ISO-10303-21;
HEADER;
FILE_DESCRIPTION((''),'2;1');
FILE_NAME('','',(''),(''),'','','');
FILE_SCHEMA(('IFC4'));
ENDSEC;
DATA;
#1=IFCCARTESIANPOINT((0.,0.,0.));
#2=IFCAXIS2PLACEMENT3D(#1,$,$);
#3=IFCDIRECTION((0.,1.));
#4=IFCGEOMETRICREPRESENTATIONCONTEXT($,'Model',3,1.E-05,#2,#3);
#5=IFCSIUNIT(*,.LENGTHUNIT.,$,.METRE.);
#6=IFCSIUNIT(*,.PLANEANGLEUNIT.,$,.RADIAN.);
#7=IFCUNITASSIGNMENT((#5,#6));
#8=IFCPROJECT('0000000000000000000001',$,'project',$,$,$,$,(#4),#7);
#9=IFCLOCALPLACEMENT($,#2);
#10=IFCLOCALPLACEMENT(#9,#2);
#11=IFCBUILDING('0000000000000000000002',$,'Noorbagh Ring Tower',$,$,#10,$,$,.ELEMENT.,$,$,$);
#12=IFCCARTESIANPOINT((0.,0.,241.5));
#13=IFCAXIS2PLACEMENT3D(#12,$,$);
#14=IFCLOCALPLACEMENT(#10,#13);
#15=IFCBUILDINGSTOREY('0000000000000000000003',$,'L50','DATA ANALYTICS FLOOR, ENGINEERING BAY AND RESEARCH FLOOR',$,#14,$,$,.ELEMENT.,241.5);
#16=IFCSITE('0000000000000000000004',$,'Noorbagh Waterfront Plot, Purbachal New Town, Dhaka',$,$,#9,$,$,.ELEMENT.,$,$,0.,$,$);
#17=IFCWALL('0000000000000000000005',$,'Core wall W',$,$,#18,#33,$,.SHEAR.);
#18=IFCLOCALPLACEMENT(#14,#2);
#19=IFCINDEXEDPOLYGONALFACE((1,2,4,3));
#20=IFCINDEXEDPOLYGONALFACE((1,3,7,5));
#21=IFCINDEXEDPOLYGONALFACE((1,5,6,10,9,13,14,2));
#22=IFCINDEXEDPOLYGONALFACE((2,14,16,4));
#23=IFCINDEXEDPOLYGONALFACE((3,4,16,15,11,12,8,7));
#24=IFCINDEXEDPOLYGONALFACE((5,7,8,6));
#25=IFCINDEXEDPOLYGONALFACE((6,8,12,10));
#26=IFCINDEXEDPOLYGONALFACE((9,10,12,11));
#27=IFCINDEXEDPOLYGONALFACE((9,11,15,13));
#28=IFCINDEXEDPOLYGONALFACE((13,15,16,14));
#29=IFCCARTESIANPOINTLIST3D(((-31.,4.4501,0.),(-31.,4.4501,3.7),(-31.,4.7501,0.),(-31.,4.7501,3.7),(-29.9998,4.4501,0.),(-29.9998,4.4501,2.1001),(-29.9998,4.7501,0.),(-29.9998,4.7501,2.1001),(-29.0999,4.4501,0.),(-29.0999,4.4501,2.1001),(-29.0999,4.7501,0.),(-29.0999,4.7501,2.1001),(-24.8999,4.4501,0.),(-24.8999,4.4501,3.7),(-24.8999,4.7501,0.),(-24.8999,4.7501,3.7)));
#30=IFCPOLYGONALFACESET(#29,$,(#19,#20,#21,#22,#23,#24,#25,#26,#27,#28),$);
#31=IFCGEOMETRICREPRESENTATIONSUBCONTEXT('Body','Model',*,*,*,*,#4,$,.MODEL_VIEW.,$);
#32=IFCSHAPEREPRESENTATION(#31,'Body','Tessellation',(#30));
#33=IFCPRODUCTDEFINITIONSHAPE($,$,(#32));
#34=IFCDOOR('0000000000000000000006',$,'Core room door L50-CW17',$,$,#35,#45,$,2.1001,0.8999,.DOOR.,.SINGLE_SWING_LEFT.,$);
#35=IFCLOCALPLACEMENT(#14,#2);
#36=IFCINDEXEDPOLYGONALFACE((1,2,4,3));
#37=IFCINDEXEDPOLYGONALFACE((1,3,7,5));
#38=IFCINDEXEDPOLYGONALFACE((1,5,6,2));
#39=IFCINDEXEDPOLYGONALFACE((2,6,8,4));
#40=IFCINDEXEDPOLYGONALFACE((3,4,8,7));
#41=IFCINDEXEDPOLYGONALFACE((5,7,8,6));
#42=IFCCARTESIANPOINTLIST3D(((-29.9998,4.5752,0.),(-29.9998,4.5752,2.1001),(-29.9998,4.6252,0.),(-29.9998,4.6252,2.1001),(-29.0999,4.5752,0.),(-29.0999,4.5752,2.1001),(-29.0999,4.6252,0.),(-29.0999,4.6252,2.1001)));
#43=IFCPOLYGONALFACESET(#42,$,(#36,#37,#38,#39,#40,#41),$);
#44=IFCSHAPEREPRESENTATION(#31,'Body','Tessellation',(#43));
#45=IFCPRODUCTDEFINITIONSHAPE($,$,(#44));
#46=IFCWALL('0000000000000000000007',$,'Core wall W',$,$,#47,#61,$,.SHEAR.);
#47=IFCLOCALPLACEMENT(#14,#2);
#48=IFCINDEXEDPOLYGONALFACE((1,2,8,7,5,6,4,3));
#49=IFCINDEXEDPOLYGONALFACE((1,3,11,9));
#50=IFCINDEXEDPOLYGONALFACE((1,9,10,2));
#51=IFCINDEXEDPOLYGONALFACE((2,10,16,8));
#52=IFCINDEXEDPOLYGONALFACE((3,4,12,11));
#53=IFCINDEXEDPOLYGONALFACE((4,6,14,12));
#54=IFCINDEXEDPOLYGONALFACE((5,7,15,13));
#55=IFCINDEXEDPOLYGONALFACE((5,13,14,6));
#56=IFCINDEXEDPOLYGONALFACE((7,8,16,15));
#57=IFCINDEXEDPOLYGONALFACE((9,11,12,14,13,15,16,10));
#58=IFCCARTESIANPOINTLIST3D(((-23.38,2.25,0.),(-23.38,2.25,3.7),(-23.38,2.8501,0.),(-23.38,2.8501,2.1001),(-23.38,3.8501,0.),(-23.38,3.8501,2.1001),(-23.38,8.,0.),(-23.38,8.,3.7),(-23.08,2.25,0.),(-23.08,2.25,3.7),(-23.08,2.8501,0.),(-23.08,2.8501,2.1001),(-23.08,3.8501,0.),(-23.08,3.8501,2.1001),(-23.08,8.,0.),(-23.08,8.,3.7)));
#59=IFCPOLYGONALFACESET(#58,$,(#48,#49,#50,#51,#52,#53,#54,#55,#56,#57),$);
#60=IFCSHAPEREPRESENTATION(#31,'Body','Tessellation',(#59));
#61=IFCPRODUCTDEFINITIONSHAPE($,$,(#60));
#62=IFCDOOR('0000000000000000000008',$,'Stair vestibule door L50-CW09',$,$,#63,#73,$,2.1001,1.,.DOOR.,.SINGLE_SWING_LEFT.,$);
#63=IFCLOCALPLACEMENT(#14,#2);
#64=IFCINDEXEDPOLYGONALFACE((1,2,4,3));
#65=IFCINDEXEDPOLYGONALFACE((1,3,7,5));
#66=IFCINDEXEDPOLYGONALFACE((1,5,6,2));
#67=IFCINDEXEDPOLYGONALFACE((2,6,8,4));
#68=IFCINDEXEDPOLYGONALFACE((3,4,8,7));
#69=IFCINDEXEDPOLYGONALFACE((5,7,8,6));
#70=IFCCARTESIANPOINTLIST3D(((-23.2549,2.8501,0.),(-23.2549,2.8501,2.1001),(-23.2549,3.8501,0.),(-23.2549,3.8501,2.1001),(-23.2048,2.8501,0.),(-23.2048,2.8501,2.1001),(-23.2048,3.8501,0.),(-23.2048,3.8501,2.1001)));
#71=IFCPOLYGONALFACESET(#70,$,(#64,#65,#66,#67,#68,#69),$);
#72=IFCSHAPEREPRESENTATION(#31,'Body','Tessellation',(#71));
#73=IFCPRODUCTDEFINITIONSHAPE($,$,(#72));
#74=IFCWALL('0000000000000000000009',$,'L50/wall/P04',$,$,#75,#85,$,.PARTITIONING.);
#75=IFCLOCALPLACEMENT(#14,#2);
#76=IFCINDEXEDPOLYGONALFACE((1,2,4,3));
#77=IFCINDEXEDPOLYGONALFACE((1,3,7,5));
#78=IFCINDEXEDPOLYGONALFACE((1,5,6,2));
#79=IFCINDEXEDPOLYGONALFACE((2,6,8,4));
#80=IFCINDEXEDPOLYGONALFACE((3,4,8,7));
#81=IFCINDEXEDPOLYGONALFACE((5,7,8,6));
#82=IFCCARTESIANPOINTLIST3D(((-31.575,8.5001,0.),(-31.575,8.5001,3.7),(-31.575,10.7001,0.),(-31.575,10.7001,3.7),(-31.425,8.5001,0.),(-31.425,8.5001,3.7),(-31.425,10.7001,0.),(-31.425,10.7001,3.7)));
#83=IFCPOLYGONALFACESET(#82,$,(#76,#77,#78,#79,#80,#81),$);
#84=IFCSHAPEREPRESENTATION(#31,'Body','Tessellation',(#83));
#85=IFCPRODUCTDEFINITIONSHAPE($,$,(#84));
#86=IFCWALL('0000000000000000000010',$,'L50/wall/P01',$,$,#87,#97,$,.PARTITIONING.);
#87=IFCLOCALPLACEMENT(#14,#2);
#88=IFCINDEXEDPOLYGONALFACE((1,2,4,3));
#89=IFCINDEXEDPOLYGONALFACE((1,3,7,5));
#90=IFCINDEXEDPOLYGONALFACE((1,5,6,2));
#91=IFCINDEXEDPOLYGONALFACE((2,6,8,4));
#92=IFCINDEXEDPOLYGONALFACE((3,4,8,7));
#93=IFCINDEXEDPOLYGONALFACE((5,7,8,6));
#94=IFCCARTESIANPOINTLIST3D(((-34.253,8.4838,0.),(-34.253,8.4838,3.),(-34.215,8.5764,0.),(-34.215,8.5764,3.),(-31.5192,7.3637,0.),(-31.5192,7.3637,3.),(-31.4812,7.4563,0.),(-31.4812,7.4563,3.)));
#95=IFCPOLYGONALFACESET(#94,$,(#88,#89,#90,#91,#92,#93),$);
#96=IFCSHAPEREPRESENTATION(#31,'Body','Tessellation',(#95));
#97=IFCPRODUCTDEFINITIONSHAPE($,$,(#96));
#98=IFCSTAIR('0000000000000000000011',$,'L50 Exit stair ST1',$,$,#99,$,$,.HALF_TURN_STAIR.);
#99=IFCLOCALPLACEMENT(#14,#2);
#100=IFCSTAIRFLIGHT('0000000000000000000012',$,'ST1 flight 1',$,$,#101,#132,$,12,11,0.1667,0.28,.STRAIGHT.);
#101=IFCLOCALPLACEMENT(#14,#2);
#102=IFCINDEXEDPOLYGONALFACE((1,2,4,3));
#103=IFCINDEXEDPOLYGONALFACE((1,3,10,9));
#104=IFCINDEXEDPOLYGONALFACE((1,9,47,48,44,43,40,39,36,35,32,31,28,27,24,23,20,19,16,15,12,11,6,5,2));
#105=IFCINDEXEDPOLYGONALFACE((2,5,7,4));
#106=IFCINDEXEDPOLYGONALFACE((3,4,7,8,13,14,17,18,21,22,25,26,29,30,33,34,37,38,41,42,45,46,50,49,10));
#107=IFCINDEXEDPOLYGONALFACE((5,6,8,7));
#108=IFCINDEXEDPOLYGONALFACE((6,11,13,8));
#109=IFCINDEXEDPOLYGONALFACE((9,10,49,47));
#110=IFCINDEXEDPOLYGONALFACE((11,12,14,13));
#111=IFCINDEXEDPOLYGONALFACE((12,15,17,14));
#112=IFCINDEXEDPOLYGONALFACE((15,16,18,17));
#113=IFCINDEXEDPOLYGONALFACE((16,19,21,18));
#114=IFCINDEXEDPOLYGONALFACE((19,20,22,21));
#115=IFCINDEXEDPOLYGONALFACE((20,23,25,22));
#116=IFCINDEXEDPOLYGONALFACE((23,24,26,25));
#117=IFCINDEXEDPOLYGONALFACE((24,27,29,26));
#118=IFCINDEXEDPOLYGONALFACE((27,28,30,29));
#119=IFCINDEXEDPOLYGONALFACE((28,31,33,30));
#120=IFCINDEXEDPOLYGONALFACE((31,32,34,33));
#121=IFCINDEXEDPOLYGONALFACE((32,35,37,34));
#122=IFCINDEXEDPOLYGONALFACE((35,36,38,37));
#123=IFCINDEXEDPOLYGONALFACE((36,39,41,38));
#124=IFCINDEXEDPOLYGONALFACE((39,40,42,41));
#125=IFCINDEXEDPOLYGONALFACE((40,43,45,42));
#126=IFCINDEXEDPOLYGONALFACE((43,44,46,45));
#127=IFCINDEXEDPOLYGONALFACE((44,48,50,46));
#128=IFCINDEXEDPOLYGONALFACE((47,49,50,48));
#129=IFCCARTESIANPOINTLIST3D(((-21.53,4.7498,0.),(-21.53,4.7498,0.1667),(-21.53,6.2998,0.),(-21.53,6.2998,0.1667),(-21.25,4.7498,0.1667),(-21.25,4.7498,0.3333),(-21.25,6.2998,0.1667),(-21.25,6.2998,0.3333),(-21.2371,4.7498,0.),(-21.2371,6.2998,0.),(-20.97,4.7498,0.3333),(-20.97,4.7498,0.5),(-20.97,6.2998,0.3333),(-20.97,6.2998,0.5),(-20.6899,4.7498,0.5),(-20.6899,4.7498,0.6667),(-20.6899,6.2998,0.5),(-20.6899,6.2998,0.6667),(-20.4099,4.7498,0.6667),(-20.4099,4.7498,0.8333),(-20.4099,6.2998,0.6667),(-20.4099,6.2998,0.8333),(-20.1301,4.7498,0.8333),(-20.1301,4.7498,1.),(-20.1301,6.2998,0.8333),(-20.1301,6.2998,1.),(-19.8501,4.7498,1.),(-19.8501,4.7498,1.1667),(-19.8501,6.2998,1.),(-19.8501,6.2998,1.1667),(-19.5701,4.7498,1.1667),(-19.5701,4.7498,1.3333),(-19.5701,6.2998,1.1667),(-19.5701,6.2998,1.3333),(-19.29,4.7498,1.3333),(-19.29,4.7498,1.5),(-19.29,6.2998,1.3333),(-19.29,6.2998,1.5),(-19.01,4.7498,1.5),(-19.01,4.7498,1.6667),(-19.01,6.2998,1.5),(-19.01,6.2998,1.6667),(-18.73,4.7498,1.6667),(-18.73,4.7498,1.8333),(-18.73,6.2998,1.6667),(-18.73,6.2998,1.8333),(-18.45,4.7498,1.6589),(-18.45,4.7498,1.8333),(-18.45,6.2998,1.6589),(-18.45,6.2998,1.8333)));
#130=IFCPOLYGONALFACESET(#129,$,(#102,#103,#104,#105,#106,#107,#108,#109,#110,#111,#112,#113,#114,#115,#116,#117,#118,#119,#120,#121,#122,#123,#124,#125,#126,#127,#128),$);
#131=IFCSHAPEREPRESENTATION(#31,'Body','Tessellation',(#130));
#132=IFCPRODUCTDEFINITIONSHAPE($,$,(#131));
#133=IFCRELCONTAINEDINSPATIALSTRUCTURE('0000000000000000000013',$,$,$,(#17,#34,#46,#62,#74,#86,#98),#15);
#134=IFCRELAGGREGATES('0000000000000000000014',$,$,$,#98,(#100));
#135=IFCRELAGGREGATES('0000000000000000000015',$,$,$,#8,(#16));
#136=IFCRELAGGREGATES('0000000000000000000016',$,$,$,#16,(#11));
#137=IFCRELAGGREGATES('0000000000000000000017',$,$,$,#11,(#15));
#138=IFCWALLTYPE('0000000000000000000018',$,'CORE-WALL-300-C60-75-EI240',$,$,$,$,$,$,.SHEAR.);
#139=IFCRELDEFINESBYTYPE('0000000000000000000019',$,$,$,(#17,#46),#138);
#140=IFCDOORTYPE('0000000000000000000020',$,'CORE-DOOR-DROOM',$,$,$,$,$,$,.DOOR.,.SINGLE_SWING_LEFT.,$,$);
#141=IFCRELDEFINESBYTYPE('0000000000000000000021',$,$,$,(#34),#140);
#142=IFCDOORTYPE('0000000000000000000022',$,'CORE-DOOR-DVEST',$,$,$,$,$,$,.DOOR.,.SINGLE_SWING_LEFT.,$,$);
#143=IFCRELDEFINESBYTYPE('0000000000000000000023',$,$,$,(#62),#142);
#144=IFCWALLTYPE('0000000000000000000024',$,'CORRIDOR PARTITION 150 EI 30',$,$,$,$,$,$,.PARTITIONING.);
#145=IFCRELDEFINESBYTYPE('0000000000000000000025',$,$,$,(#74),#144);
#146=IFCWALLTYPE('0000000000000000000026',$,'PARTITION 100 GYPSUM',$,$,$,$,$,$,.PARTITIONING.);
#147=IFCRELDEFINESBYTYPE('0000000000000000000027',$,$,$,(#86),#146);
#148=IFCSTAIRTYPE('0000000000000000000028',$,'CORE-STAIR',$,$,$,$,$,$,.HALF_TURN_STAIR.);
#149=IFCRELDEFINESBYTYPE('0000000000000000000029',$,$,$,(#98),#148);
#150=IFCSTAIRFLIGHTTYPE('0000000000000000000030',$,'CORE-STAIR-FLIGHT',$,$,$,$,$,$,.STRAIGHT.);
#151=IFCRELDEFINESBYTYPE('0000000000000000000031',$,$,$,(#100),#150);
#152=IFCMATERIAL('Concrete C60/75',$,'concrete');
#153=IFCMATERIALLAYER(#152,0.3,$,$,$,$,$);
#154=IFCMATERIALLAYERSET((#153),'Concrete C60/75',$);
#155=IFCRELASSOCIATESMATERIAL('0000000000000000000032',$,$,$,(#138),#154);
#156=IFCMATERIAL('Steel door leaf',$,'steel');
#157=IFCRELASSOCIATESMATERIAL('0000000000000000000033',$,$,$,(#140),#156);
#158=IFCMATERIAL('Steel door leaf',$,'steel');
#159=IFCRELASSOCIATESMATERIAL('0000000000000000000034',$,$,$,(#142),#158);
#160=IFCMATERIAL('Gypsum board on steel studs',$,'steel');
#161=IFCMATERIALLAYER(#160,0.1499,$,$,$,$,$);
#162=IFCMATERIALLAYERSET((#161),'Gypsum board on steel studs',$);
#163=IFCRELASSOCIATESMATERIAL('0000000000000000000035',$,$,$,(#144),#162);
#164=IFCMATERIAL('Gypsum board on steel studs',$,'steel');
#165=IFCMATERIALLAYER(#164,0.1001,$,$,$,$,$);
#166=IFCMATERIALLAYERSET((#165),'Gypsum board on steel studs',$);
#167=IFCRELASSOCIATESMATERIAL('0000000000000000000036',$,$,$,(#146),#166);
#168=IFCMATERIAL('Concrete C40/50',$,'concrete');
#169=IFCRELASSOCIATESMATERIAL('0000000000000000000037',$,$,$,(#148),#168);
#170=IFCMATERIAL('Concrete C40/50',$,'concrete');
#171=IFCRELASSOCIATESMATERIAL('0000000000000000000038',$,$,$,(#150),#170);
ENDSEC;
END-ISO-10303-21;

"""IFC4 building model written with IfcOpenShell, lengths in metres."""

from ifc_helpers import new_model, si_unit, direction, frame, frame_2d, origin, place, context, subcontext, project, spatial, polyline, rectangle, outline, extrude, material, layer, layer_set, type_object, element, fill, aggregate, save


model = new_model("IFC4")

# Units and contexts
model_context = context("Model", 3, precision=1e-05, world=origin(), true_north=direction((0.0, 1.0)))
body_context = subcontext(model_context, "Body", "Model", "MODEL_VIEW")
ifc_project = project(units=[si_unit("LENGTHUNIT", "METRE"), si_unit("PLANEANGLEUNIT", "RADIAN")], contexts=[model_context])

# Site, building, storey
site_placement = place(None, origin())
site = spatial("IfcSite", under=ifc_project, at=site_placement, Name="Noorbagh Waterfront Plot, Purbachal New Town, Dhaka", CompositionType="ELEMENT", RefElevation=0.0)
building_placement = place(site_placement, origin())
building = spatial("IfcBuilding", under=site, at=building_placement, Name="Noorbagh Ring Tower", CompositionType="ELEMENT")
storey_placement = place(building_placement, frame((0.0, 0.0, 241.5)))
storey = spatial("IfcBuildingStorey", under=building, at=storey_placement, Name="L50", Description="DATA ANALYTICS FLOOR, ENGINEERING BAY AND RESEARCH FLOOR", CompositionType="ELEMENT", Elevation=241.5)

# Walls, openings, doors
ifc_material_1 = material(Name="Concrete C60/75", Category="concrete")
ifc_layer_1 = layer(ifc_material_1, 0.3)
ifc_layer_set_1 = layer_set([ifc_layer_1], Name="Concrete C60/75")
wall_type_1 = type_object("IfcWallType", Name="CORE-WALL-300-C60-75-EI240", PredefinedType="SHEAR", material=ifc_layer_set_1)
wall_1_placement = place(storey_placement, frame((-24.8999, 4.6001, 0.0), z_axis=(0.0, 0.0, 1.0), x_axis=(-1.0, 0.0, 0.0)))
wall_1 = element("IfcWall", 1, at=wall_1_placement, inside=storey, type_object=wall_type_1, Name="Core wall W", PredefinedType="SHEAR", context=body_context, shape_type="SweptSolid", body=[
    extrude(rectangle(XDim=6.1001, YDim=0.3, at=frame_2d((3.05, 0.0))), origin(), (0.0, 0.0, 1.0), 3.7),
])
opening_1_placement = place(wall_1_placement, frame((4.2, 0.0, 0.0)))
opening_1 = element("IfcOpeningElement", 2, at=opening_1_placement, cuts=wall_1, PredefinedType="OPENING", context=body_context, shape_type="SweptSolid", body=[
    extrude(rectangle(XDim=0.8999, YDim=2.1001, at=frame_2d((0.45, 1.05))), frame((0.0, 0.1602, 0.0), z_axis=(0.0, -1.0, 0.0), x_axis=(1.0, 0.0, 0.0)), (0.0, 0.0, 1.0), 0.3201),
])
ifc_material_2 = material(Name="Steel door leaf", Category="steel")
door_type_1 = type_object("IfcDoorType", Name="CORE-DOOR-DROOM", OperationType="SINGLE_SWING_LEFT", PredefinedType="DOOR", material=ifc_material_2)
door_1_placement = place(opening_1_placement, origin())
door_1 = element("IfcDoor", 3, at=door_1_placement, inside=storey, type_object=door_type_1, Name="Core room door L50-CW17", OperationType="SINGLE_SWING_LEFT", OverallHeight=2.1001, OverallWidth=0.8999, PredefinedType="DOOR", context=body_context, shape_type="SweptSolid", body=[
    extrude(rectangle(XDim=0.8999, YDim=2.1001, at=frame_2d((0.45, 1.05))), frame((0.0, 0.0249, 0.0), z_axis=(0.0, -1.0, 0.0), x_axis=(1.0, 0.0, 0.0)), (0.0, 0.0, 1.0), 0.05),
])
fill(opening_1, door_1)
wall_2_placement = place(storey_placement, frame((-23.23, 2.25, 0.0), z_axis=(0.0, 0.0, 1.0), x_axis=(0.0, 1.0, 0.0)))
wall_2 = element("IfcWall", 4, at=wall_2_placement, inside=storey, type_object=wall_type_1, Name="Core wall W", PredefinedType="SHEAR", context=body_context, shape_type="SweptSolid", body=[
    extrude(rectangle(XDim=5.75, YDim=0.3, at=frame_2d((2.875, 0.0))), origin(), (0.0, 0.0, 1.0), 3.7),
])
opening_2_placement = place(wall_2_placement, frame((0.6001, 0.0, 0.0)))
opening_2 = element("IfcOpeningElement", 5, at=opening_2_placement, cuts=wall_2, PredefinedType="OPENING", context=body_context, shape_type="SweptSolid", body=[
    extrude(rectangle(XDim=1.0, YDim=2.1001, at=frame_2d((0.5, 1.05))), frame((0.0, 0.1602, 0.0), z_axis=(0.0, -1.0, 0.0), x_axis=(1.0, 0.0, 0.0)), (0.0, 0.0, 1.0), 0.3201),
])
ifc_material_3 = material(Name="Steel door leaf", Category="steel")
door_type_2 = type_object("IfcDoorType", Name="CORE-DOOR-DVEST", OperationType="SINGLE_SWING_LEFT", PredefinedType="DOOR", material=ifc_material_3)
door_2_placement = place(opening_2_placement, origin())
door_2 = element("IfcDoor", 6, at=door_2_placement, inside=storey, type_object=door_type_2, Name="Stair vestibule door L50-CW09", OperationType="SINGLE_SWING_LEFT", OverallHeight=2.1001, OverallWidth=1.0, PredefinedType="DOOR", context=body_context, shape_type="SweptSolid", body=[
    extrude(rectangle(XDim=1.0, YDim=2.1001, at=frame_2d((0.5, 1.05))), frame((0.0, 0.0249, 0.0), z_axis=(0.0, -1.0, 0.0), x_axis=(1.0, 0.0, 0.0)), (0.0, 0.0, 1.0), 0.05),
])
fill(opening_2, door_2)

# Walls
ifc_material_4 = material(Name="Gypsum board on steel studs", Category="steel")
ifc_layer_2 = layer(ifc_material_4, 0.1499)
ifc_layer_set_2 = layer_set([ifc_layer_2], Name="Gypsum board on steel studs")
wall_type_2 = type_object("IfcWallType", Name="CORRIDOR PARTITION 150 EI 30", PredefinedType="PARTITIONING", material=ifc_layer_set_2)
wall_3_placement = place(storey_placement, frame((-31.5, 8.5, 0.0), z_axis=(0.0, 0.0, 1.0), x_axis=(0.0, 1.0, 0.0)))
element("IfcWall", 7, at=wall_3_placement, inside=storey, type_object=wall_type_2, Name="L50/wall/P04", PredefinedType="PARTITIONING", context=body_context, shape_type="SweptSolid", body=[
    extrude(rectangle(XDim=2.2, YDim=0.1499, at=frame_2d((1.1001, 0.0))), origin(), (0.0, 0.0, 1.0), 3.7),
])
ifc_material_5 = material(Name="Gypsum board on steel studs", Category="steel")
ifc_layer_3 = layer(ifc_material_5, 0.1001)
ifc_layer_set_3 = layer_set([ifc_layer_3], Name="Gypsum board on steel studs")
wall_type_3 = type_object("IfcWallType", Name="PARTITION 100 GYPSUM", PredefinedType="PARTITIONING", material=ifc_layer_set_3)
wall_4_placement = place(storey_placement, frame((-34.2339, 8.53, 0.0), z_axis=(0.0, 0.0, 1.0), x_axis=(0.925344, -0.379128, 0.0)))
element("IfcWall", 8, at=wall_4_placement, inside=storey, type_object=wall_type_3, Name="L50/wall/P01", PredefinedType="PARTITIONING", context=body_context, shape_type="SweptSolid", body=[
    extrude(rectangle(XDim=2.9543, YDim=0.1001, at=frame_2d((1.4771, 0.0))), origin(), (0.0, 0.0, 1.0), 3.0),
])

# Stair, stair flight
ifc_material_6 = material(Name="Concrete C40/50", Category="concrete")
stair_type = type_object("IfcStairType", Name="CORE-STAIR", PredefinedType="HALF_TURN_STAIR", material=ifc_material_6)
stair_placement = place(storey_placement, origin())
stair = element("IfcStair", 9, at=stair_placement, inside=storey, type_object=stair_type, Name="L50 Exit stair ST1", PredefinedType="HALF_TURN_STAIR")
ifc_material_7 = material(Name="Concrete C40/50", Category="concrete")
stair_flight_type = type_object("IfcStairFlightType", Name="CORE-STAIR-FLIGHT", PredefinedType="STRAIGHT", material=ifc_material_7)
stair_flight_placement = place(storey_placement, frame((-21.53, 5.5249, 0.0), z_axis=(0.0, 0.0, 1.0), x_axis=(1.0, 0.0, 0.0)))
stair_flight = element("IfcStairFlight", 10, at=stair_flight_placement, type_object=stair_flight_type, Name="ST1 flight 1", NumberOfRisers=12, NumberOfTreads=11, PredefinedType="STRAIGHT", RiserHeight=0.1667, TreadLength=0.28, context=body_context, shape_type="SweptSolid", body=[
    extrude(outline(polyline([(0.0, 0.0), (0.0, 0.1667), (0.28, 0.1667), (0.28, 0.3333), (0.5601, 0.3333), (0.5601, 0.5), (0.8401, 0.5), (0.8401, 0.6667), (1.1201, 0.6667), (1.1201, 0.8333), (1.3999, 0.8333), (1.3999, 1.0), (1.6799, 1.0), (1.6799, 1.1667), (1.96, 1.1667), (1.96, 1.3333), (2.24, 1.3333), (2.24, 1.5), (2.52, 1.5), (2.52, 1.6667), (2.8, 1.6667), (2.8, 1.8333), (3.0801, 1.8333), (3.0801, 2.0), (3.0801, 1.6589), (0.293, 0.0), (0.0, 0.0)])), frame((0.0, 0.7749, 0.0), z_axis=(0.0, -1.0, 0.0), x_axis=(1.0, 0.0, 0.0)), (0.0, 0.0, 1.0), 1.55),
])
aggregate(stair, [stair_flight])

save(model, "model.ifc")
